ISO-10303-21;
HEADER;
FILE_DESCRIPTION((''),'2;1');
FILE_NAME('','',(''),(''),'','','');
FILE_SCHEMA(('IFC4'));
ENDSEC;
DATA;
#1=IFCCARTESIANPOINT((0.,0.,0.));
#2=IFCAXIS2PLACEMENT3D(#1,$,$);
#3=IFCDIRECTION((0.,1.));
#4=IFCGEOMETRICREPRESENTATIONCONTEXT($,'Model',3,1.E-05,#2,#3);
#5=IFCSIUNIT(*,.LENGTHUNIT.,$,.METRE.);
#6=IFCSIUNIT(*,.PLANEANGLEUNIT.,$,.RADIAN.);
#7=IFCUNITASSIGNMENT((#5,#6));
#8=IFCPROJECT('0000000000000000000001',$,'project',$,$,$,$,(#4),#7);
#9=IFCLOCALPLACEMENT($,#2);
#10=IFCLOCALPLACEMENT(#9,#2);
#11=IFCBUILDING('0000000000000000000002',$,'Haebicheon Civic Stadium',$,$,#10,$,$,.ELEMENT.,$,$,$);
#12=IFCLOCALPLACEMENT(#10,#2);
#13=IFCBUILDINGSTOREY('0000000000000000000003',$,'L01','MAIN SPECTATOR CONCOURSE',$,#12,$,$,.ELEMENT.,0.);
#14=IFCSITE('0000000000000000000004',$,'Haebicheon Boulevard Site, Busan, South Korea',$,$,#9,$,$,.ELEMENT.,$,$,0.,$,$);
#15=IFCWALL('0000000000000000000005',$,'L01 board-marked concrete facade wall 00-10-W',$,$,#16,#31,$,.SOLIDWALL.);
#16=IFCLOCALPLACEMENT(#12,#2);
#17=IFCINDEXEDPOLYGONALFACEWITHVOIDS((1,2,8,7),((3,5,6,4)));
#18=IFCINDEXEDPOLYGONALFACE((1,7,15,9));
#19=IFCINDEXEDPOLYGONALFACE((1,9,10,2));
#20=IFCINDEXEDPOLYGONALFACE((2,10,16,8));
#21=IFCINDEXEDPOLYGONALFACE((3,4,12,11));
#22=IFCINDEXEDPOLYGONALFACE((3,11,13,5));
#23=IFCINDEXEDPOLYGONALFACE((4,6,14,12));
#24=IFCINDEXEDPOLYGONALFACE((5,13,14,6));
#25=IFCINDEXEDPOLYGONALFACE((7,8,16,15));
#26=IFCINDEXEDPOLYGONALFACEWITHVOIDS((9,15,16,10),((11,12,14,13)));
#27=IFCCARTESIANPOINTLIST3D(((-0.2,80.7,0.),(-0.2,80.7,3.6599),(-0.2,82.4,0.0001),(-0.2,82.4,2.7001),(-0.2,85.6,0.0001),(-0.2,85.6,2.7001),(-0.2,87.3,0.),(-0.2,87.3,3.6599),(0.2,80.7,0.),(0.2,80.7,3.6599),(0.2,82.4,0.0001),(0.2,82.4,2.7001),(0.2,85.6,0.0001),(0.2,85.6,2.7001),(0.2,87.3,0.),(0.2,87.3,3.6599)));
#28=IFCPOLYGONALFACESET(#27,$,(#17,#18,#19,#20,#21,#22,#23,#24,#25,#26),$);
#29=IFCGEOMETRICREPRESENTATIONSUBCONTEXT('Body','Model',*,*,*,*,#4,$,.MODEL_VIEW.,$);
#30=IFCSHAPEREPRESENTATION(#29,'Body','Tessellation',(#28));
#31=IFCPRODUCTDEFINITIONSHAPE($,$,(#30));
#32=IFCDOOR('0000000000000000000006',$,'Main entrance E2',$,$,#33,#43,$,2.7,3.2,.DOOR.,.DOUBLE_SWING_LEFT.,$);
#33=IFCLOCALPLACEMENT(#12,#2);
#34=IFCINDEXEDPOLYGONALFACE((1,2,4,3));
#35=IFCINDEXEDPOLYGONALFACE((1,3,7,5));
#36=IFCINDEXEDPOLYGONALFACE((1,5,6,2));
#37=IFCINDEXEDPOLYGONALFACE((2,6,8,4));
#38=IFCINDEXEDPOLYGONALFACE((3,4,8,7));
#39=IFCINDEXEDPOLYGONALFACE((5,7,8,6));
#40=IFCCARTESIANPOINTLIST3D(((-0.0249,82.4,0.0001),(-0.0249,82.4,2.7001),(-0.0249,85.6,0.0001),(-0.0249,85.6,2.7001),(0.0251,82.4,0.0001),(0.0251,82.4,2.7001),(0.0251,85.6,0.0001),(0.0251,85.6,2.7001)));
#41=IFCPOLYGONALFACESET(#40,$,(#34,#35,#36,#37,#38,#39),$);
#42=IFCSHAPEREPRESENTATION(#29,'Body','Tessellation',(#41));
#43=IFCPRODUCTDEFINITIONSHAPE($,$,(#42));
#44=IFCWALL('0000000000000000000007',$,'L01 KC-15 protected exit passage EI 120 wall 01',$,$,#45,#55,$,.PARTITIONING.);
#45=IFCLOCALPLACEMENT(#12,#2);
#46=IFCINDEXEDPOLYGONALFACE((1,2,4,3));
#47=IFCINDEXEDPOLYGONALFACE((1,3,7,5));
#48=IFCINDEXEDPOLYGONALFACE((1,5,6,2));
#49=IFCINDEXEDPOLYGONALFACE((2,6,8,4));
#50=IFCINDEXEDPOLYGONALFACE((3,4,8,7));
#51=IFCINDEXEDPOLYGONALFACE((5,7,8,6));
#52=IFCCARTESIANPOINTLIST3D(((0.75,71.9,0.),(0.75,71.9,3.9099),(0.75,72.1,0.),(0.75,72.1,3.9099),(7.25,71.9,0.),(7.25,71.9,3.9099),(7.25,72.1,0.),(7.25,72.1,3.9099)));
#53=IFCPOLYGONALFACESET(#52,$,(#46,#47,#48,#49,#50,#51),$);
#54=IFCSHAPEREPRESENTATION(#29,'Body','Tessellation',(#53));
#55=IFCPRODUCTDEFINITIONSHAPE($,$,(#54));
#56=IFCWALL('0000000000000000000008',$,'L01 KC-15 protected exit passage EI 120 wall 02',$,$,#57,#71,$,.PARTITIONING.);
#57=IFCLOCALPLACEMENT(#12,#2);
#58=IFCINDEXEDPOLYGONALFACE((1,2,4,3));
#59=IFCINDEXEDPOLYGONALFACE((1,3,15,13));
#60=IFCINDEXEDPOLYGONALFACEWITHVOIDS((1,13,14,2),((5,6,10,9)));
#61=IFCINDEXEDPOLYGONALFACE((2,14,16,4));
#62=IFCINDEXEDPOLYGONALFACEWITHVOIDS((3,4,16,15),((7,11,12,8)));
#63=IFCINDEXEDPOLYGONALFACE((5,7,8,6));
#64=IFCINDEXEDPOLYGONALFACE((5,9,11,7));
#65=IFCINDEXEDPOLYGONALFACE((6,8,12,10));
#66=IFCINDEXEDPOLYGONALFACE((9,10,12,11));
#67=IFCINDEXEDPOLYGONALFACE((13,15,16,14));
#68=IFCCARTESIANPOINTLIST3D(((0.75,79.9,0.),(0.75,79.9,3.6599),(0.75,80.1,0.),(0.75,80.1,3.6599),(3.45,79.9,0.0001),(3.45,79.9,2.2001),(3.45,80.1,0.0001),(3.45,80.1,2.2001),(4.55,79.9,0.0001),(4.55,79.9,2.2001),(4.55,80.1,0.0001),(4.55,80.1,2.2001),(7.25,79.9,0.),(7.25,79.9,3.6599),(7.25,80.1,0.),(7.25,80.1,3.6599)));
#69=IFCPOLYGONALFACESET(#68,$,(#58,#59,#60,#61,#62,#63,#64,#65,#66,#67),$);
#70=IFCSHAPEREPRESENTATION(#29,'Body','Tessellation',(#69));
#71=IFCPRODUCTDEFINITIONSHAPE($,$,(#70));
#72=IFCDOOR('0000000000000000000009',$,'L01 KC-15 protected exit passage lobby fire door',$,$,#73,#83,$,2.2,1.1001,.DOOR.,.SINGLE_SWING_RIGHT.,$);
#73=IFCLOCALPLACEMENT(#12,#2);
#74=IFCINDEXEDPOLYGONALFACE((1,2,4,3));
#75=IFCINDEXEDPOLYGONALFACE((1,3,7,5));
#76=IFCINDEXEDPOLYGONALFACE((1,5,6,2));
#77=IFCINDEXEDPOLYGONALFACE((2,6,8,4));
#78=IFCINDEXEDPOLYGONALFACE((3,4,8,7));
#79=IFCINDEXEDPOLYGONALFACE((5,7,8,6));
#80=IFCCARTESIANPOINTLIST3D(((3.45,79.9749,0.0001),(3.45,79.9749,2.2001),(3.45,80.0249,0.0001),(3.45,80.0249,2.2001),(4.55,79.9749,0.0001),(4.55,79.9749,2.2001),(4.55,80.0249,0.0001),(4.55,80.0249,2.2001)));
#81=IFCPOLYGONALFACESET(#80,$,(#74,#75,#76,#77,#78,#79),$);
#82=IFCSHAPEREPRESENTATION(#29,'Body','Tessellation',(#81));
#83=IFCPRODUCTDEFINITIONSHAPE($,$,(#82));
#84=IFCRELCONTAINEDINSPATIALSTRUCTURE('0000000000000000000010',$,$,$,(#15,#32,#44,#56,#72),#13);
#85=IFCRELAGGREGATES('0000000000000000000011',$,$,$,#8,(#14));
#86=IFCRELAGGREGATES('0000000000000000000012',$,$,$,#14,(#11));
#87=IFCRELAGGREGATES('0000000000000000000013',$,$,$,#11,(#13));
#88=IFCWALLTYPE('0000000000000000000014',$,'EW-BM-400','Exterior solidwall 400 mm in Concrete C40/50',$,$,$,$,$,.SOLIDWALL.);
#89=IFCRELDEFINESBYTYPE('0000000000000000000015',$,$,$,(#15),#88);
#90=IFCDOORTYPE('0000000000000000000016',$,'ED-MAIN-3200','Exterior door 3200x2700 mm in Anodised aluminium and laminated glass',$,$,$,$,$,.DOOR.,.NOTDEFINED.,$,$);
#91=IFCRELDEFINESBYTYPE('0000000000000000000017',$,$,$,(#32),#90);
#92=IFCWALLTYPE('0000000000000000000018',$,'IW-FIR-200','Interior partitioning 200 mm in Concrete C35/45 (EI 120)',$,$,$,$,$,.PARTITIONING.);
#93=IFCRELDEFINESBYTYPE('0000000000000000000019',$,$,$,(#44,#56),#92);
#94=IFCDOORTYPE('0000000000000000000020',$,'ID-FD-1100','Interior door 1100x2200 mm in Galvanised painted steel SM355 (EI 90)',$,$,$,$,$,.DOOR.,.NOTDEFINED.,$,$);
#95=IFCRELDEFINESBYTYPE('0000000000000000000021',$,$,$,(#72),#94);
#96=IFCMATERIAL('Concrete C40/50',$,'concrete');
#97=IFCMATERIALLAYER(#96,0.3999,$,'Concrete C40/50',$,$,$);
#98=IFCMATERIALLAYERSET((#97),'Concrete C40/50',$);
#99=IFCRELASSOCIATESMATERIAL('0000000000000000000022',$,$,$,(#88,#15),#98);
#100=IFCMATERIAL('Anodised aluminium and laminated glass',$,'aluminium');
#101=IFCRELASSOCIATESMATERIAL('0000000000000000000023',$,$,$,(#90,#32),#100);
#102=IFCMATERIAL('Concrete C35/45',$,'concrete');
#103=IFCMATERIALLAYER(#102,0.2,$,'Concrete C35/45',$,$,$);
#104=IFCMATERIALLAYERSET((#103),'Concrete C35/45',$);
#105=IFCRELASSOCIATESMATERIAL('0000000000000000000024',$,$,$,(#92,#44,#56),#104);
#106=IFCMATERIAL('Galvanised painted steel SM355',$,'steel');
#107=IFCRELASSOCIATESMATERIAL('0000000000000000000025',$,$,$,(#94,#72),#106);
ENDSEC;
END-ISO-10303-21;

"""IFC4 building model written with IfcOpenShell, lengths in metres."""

from ifc_helpers import new_model, si_unit, direction, frame, frame_2d, origin, place, context, subcontext, project, spatial, rectangle, extrude, material, layer, layer_set, type_object, element, fill, save


model = new_model("IFC4")

# Units and contexts
model_context = context("Model", 3, precision=1e-05, world=origin(), true_north=direction((0.0, 1.0)))
body_context = subcontext(model_context, "Body", "Model", "MODEL_VIEW")
ifc_project = project(units=[si_unit("LENGTHUNIT", "METRE"), si_unit("PLANEANGLEUNIT", "RADIAN")], contexts=[model_context])

# Site, building, storey
site_placement = place(None, origin())
site = spatial("IfcSite", under=ifc_project, at=site_placement, Name="Haebicheon Boulevard Site, Busan, South Korea", CompositionType="ELEMENT", RefElevation=0.0)
building_placement = place(site_placement, origin())
building = spatial("IfcBuilding", under=site, at=building_placement, Name="Haebicheon Civic Stadium", CompositionType="ELEMENT")
storey_placement = place(building_placement, origin())
storey = spatial("IfcBuildingStorey", under=building, at=storey_placement, Name="L01", Description="MAIN SPECTATOR CONCOURSE", CompositionType="ELEMENT", Elevation=0.0)

# Wall, opening, door
ifc_material_1 = material(Name="Concrete C40/50", Category="concrete")
ifc_layer_1 = layer(ifc_material_1, 0.3999, Name="Concrete C40/50")
ifc_layer_set_1 = layer_set([ifc_layer_1], Name="Concrete C40/50")
wall_type_1 = type_object("IfcWallType", Name="EW-BM-400", Description="Exterior solidwall 400 mm in Concrete C40/50", PredefinedType="SOLIDWALL", material=ifc_layer_set_1)
wall_1_placement = place(storey_placement, frame((0.0, 80.7, 0.0), z_axis=(0.0, 0.0, 1.0), x_axis=(0.0, 1.0, 0.0)))
wall_1 = element("IfcWall", 1, at=wall_1_placement, inside=storey, type_object=wall_type_1, material=ifc_layer_set_1, Name="L01 board-marked concrete facade wall 00-10-W", PredefinedType="SOLIDWALL", context=body_context, shape_type="SweptSolid", body=[
    extrude(rectangle(XDim=6.6001, YDim=0.3999, at=frame_2d((3.3, 0.0))), origin(), (0.0, 0.0, 1.0), 3.6599),
])
opening_1_placement = place(wall_1_placement, frame((1.7, 0.0, 0.0)))
opening_1 = element("IfcOpeningElement", 2, at=opening_1_placement, cuts=wall_1, PredefinedType="OPENING", context=body_context, shape_type="SweptSolid", body=[
    extrude(rectangle(XDim=3.2, YDim=2.7, at=frame_2d((1.6001, 1.3501))), frame((0.0, 0.21, 0.0), z_axis=(0.0, -1.0, 0.0), x_axis=(1.0, 0.0, 0.0)), (0.0, 0.0, 1.0), 0.4199),
])
ifc_material_2 = material(Name="Anodised aluminium and laminated glass", Category="aluminium")
door_type_1 = type_object("IfcDoorType", Name="ED-MAIN-3200", Description="Exterior door 3200x2700 mm in Anodised aluminium and laminated glass", OperationType="NOTDEFINED", PredefinedType="DOOR", material=ifc_material_2)
door_1_placement = place(opening_1_placement, origin())
door_1 = element("IfcDoor", 3, at=door_1_placement, inside=storey, type_object=door_type_1, material=ifc_material_2, Name="Main entrance E2", OperationType="DOUBLE_SWING_LEFT", OverallHeight=2.7, OverallWidth=3.2, PredefinedType="DOOR", context=body_context, shape_type="SweptSolid", body=[
    extrude(rectangle(XDim=3.2, YDim=2.7, at=frame_2d((1.6001, 1.3501))), frame((0.0, 0.0249, 0.0), z_axis=(0.0, -1.0, 0.0), x_axis=(1.0, 0.0, 0.0)), (0.0, 0.0, 1.0), 0.05),
])
fill(opening_1, door_1)

# Wall
ifc_material_3 = material(Name="Concrete C35/45", Category="concrete")
ifc_layer_2 = layer(ifc_material_3, 0.2, Name="Concrete C35/45")
ifc_layer_set_2 = layer_set([ifc_layer_2], Name="Concrete C35/45")
wall_type_2 = type_object("IfcWallType", Name="IW-FIR-200", Description="Interior partitioning 200 mm in Concrete C35/45 (EI 120)", PredefinedType="PARTITIONING", material=ifc_layer_set_2)
wall_2_placement = place(storey_placement, frame((0.75, 72.0, 0.0), z_axis=(0.0, 0.0, 1.0), x_axis=(1.0, 0.0, 0.0)))
element("IfcWall", 4, at=wall_2_placement, inside=storey, type_object=wall_type_2, material=ifc_layer_set_2, Name="L01 KC-15 protected exit passage EI 120 wall 01", PredefinedType="PARTITIONING", context=body_context, shape_type="SweptSolid", body=[
    extrude(rectangle(XDim=6.5, YDim=0.2, at=frame_2d((3.25, 0.0))), origin(), (0.0, 0.0, 1.0), 3.9099),
])

# Wall, opening, door
wall_3_placement = place(storey_placement, frame((0.75, 80.0, 0.0), z_axis=(0.0, 0.0, 1.0), x_axis=(1.0, 0.0, 0.0)))
wall_3 = element("IfcWall", 5, at=wall_3_placement, inside=storey, type_object=wall_type_2, material=ifc_layer_set_2, Name="L01 KC-15 protected exit passage EI 120 wall 02", PredefinedType="PARTITIONING", context=body_context, shape_type="SweptSolid", body=[
    extrude(rectangle(XDim=6.5, YDim=0.2, at=frame_2d((3.25, 0.0))), origin(), (0.0, 0.0, 1.0), 3.6599),
])
opening_2_placement = place(wall_3_placement, frame((2.7, 0.0, 0.0)))
opening_2 = element("IfcOpeningElement", 6, at=opening_2_placement, cuts=wall_3, PredefinedType="OPENING", context=body_context, shape_type="SweptSolid", body=[
    extrude(rectangle(XDim=1.1001, YDim=2.2, at=frame_2d((0.55, 1.1001))), frame((0.0, 0.1099, 0.0), z_axis=(0.0, -1.0, 0.0), x_axis=(1.0, 0.0, 0.0)), (0.0, 0.0, 1.0), 0.22),
])
ifc_material_4 = material(Name="Galvanised painted steel SM355", Category="steel")
door_type_2 = type_object("IfcDoorType", Name="ID-FD-1100", Description="Interior door 1100x2200 mm in Galvanised painted steel SM355 (EI 90)", OperationType="NOTDEFINED", PredefinedType="DOOR", material=ifc_material_4)
door_2_placement = place(opening_2_placement, origin())
door_2 = element("IfcDoor", 7, at=door_2_placement, inside=storey, type_object=door_type_2, material=ifc_material_4, Name="L01 KC-15 protected exit passage lobby fire door", OperationType="SINGLE_SWING_RIGHT", OverallHeight=2.2, OverallWidth=1.1001, PredefinedType="DOOR", context=body_context, shape_type="SweptSolid", body=[
    extrude(rectangle(XDim=1.1001, YDim=2.2, at=frame_2d((0.55, 1.1001))), frame((0.0, 0.0249, 0.0), z_axis=(0.0, -1.0, 0.0), x_axis=(1.0, 0.0, 0.0)), (0.0, 0.0, 1.0), 0.05),
])
fill(opening_2, door_2)

save(model, "model.ifc")
